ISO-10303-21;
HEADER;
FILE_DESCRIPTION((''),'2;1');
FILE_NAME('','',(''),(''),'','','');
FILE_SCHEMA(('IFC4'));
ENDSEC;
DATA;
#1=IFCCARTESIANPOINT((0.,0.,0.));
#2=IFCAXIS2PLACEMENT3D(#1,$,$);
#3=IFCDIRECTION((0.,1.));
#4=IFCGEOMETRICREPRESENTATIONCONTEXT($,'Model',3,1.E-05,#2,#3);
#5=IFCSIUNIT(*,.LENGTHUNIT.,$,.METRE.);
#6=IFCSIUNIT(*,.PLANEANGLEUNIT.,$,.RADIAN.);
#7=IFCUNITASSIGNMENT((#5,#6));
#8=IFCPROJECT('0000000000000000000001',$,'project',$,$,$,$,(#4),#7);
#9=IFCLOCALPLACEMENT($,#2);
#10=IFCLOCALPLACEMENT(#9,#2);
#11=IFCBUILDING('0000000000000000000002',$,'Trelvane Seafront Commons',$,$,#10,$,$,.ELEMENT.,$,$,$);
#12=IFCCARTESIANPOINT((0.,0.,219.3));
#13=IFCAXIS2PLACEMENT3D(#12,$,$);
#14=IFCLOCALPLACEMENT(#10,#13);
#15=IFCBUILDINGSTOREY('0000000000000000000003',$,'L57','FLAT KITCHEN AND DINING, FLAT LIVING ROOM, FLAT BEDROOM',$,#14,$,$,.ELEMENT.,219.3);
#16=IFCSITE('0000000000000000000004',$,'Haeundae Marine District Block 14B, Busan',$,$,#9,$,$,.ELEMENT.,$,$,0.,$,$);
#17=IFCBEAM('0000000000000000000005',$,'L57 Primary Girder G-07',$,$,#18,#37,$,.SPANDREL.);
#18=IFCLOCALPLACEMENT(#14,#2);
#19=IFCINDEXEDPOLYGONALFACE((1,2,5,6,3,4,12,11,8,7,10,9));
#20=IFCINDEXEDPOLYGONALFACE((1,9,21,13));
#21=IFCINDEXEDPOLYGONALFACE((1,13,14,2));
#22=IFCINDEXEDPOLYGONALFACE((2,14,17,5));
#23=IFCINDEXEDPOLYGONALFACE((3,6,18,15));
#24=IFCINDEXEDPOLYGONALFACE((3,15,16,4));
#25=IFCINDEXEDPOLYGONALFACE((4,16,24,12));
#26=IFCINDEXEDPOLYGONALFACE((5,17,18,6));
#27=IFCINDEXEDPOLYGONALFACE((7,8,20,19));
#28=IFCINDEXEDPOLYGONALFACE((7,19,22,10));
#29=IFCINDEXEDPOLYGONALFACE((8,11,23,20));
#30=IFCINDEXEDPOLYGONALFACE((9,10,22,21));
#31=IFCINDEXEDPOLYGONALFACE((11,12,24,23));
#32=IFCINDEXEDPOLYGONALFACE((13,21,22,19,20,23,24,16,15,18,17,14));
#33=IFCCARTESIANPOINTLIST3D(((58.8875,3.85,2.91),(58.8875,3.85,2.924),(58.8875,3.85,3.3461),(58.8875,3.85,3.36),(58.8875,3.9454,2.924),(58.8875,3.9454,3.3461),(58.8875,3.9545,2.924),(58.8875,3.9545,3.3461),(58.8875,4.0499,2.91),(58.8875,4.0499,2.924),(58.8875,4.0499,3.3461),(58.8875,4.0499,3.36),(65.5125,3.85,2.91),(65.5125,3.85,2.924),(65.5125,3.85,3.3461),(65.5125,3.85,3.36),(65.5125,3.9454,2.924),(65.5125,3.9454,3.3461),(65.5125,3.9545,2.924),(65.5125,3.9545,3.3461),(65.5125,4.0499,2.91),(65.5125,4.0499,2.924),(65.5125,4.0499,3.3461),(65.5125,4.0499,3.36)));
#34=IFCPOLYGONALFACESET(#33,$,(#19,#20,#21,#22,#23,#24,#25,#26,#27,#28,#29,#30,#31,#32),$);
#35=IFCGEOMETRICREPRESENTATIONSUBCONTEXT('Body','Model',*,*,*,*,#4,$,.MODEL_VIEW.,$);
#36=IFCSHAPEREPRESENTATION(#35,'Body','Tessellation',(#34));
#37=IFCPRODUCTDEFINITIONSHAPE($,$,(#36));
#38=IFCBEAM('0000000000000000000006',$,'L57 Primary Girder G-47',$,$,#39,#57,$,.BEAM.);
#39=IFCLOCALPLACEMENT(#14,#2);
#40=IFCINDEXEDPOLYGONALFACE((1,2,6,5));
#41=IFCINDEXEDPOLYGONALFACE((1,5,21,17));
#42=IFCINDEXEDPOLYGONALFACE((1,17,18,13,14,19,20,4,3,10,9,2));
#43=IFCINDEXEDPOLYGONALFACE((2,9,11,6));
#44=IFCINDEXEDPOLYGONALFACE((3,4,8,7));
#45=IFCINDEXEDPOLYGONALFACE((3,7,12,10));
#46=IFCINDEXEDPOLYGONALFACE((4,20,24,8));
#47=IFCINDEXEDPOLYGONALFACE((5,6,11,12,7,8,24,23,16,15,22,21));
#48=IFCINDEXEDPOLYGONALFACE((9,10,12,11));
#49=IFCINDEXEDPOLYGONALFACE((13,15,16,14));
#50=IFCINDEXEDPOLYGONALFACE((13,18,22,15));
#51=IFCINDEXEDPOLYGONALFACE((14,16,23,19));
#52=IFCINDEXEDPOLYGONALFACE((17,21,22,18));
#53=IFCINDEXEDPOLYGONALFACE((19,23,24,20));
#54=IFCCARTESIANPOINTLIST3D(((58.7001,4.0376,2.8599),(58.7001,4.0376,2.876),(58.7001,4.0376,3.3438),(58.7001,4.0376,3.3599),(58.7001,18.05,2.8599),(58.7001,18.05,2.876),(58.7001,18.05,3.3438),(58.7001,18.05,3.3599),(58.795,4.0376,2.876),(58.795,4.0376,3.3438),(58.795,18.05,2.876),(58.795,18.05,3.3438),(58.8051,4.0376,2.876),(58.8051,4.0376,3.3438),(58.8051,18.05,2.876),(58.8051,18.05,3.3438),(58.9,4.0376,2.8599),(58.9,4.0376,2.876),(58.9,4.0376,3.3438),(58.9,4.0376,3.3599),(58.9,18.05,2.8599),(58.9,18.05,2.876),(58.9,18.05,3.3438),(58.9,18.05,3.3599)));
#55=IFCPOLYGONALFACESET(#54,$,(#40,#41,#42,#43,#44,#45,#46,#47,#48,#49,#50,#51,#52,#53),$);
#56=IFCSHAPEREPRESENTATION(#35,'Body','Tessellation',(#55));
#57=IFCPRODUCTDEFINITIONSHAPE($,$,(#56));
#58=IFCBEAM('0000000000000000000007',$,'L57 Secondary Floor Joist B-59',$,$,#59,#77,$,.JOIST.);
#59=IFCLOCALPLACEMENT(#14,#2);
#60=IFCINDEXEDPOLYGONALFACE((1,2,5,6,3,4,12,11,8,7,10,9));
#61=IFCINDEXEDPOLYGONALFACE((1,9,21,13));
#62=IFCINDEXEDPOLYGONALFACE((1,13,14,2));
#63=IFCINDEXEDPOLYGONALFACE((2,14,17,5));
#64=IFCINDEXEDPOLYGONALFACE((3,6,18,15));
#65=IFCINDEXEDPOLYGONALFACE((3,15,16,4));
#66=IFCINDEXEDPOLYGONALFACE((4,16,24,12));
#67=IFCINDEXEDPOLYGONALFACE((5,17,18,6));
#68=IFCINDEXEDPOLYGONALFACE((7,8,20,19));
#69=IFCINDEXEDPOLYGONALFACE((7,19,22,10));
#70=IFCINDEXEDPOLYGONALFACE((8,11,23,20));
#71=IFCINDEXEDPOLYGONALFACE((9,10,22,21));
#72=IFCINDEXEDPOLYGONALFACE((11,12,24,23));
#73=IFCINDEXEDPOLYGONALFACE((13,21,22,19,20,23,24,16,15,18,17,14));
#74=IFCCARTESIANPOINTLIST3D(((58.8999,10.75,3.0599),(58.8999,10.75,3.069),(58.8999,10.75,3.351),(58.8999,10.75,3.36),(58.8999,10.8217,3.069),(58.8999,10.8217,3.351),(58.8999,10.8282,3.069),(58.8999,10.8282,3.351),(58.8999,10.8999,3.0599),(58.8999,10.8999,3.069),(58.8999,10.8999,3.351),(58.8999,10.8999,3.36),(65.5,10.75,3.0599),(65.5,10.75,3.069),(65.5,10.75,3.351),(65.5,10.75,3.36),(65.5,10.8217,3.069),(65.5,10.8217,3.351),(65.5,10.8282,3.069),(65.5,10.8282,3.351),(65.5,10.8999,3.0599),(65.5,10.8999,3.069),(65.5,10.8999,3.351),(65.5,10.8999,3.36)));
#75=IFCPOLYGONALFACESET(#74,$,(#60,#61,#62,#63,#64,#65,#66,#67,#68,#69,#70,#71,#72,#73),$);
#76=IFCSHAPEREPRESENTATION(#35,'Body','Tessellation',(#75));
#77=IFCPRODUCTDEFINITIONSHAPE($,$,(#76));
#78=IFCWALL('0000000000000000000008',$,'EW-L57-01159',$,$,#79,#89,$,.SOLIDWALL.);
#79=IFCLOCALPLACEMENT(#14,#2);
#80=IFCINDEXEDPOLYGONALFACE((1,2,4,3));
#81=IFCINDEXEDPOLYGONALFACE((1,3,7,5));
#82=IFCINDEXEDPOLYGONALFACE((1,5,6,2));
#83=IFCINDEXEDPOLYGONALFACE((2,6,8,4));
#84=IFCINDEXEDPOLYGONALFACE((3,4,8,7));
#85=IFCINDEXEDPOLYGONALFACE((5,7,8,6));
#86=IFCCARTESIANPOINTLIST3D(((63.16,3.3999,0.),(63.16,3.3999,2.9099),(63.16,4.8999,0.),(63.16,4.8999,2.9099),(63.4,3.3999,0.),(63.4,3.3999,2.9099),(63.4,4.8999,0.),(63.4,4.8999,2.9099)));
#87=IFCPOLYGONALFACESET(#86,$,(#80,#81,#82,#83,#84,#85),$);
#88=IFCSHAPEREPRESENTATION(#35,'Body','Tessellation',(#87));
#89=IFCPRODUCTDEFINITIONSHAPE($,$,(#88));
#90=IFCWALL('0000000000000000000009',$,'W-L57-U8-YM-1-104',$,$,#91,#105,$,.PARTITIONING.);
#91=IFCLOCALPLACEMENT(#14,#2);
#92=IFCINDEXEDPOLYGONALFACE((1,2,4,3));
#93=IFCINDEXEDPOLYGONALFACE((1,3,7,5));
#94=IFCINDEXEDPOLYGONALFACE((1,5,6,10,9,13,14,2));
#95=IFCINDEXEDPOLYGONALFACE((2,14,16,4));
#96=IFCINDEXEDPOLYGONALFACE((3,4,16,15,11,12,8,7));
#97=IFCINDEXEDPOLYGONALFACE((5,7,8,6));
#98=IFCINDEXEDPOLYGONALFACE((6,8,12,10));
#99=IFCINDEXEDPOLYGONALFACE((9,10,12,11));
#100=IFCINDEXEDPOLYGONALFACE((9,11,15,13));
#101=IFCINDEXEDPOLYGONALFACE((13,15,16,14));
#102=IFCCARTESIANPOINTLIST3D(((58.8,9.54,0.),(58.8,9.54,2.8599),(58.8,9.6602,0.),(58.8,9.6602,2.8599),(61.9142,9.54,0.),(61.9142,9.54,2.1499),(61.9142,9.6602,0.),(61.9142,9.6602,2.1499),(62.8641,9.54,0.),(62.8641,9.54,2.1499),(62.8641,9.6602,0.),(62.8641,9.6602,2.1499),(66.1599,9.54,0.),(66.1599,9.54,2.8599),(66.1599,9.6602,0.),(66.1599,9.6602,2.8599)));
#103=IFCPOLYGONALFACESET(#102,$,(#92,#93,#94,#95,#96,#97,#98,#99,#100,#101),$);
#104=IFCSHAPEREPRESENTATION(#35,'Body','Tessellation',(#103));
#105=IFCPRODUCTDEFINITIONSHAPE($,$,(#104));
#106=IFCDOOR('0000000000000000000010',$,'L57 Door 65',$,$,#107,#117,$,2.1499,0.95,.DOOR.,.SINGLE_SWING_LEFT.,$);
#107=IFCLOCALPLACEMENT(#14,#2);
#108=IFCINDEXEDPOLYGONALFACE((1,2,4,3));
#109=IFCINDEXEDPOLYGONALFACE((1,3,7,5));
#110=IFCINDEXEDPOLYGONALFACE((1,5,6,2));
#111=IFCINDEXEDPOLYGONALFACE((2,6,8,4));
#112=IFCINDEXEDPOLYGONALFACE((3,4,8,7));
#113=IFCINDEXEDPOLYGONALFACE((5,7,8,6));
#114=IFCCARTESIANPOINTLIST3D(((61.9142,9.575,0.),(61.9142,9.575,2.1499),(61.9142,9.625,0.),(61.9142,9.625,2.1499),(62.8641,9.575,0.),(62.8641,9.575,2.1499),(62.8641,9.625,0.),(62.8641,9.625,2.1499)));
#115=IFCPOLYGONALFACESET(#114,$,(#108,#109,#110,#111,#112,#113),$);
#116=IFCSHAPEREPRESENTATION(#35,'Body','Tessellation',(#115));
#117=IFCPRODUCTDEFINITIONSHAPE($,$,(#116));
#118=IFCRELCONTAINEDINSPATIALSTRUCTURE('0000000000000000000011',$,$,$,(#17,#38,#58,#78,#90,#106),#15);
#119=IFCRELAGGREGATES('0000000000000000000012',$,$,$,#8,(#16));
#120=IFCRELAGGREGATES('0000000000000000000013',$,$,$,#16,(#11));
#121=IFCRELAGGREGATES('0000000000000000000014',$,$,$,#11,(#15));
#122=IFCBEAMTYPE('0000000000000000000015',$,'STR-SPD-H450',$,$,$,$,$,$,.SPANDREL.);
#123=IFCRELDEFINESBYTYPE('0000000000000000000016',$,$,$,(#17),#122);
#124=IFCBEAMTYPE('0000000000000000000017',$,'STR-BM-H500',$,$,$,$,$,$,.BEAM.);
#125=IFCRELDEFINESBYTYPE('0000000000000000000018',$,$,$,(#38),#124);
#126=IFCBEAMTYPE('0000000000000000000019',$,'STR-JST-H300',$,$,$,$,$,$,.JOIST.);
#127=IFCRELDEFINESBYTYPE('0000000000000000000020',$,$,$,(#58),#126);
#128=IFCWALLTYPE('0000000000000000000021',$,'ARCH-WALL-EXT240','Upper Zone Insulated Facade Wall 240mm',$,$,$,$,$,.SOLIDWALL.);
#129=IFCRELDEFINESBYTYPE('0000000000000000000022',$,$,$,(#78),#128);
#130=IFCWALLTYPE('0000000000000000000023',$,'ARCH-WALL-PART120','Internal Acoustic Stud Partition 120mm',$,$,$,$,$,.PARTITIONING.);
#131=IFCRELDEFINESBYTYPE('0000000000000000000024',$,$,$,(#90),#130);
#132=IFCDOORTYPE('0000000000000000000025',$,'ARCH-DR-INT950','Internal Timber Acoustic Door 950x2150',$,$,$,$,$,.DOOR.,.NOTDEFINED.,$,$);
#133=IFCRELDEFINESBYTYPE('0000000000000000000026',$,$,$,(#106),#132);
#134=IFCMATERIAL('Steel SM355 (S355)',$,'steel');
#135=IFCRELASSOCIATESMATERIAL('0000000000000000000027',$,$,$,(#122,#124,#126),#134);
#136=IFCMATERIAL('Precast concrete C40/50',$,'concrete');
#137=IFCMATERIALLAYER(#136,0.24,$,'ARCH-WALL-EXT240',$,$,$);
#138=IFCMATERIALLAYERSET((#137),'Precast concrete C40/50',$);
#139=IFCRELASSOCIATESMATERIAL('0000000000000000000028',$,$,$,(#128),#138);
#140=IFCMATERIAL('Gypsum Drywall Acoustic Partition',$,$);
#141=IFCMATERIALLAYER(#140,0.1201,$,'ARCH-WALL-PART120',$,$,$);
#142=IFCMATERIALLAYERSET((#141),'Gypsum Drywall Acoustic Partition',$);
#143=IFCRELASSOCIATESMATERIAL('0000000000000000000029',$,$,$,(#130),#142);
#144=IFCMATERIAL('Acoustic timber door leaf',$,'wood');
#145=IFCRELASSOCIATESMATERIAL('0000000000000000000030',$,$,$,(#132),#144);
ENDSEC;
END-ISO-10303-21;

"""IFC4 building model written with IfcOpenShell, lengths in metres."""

from ifc_helpers import new_model, si_unit, direction, frame, frame_2d, origin, origin_2d, place, context, subcontext, project, spatial, rectangle, i_section, extrude, source, transform, mapped, material, layer, layer_set, material_profile, profile_set, type_object, element, fill, save


model = new_model("IFC4")

# Units and contexts
model_context = context("Model", 3, precision=1e-05, world=origin(), true_north=direction((0.0, 1.0)))
body_context = subcontext(model_context, "Body", "Model", "MODEL_VIEW")
ifc_project = project(units=[si_unit("LENGTHUNIT", "METRE"), si_unit("PLANEANGLEUNIT", "RADIAN")], contexts=[model_context])

# Site, building, storey
site_placement = place(None, origin())
site = spatial("IfcSite", under=ifc_project, at=site_placement, Name="Haeundae Marine District Block 14B, Busan", CompositionType="ELEMENT", RefElevation=0.0)
building_placement = place(site_placement, origin())
building = spatial("IfcBuilding", under=site, at=building_placement, Name="Trelvane Seafront Commons", CompositionType="ELEMENT")
storey_placement = place(building_placement, frame((0.0, 0.0, 219.3)))
storey = spatial("IfcBuildingStorey", under=building, at=storey_placement, Name="L57", Description="FLAT KITCHEN AND DINING, FLAT LIVING ROOM, FLAT BEDROOM", CompositionType="ELEMENT", Elevation=219.3)

# Beams
ifc_material_1 = material(Name="Steel SM355 (S355)", Category="steel")
ifc_material_profile_1 = material_profile(ifc_material_1, i_section(OverallWidth=0.2, OverallDepth=0.45, WebThickness=0.009, FlangeThickness=0.0139, at=origin_2d()), Name="H-450x200x9x14")
ifc_profile_set_1 = profile_set([ifc_material_profile_1], Name="Steel SM355 (S355)")
beam_type_1 = type_object("IfcBeamType", Name="STR-SPD-H450", PredefinedType="SPANDREL", material=ifc_profile_set_1)
shared_shape_1 = source(origin(), body_context, "Body", "SweptSolid", [
    extrude(i_section(OverallWidth=0.2, OverallDepth=0.45, WebThickness=0.009, FlangeThickness=0.0139, at=origin_2d()), origin(), (0.0, 0.0, 1.0), 6.625),
])
beam_1_placement = place(storey_placement, frame((58.8875, 3.95, 3.135), z_axis=(1.0, 0.0, 0.0), x_axis=(0.0, 1.0, 0.0)))
element("IfcBeam", 1, at=beam_1_placement, inside=storey, type_object=beam_type_1, Name="L57 Primary Girder G-07", PredefinedType="SPANDREL", context=body_context, shape_type="MappedRepresentation", body=[
    mapped(shared_shape_1, transform((0.0, 0.0, 0.0), x_axis=(1.0, 0.0, 0.0), y_axis=(0.0, 1.0, 0.0), z_axis=(0.0, 0.0, 1.0), scale=1.0)),
])
ifc_material_profile_2 = material_profile(ifc_material_1, i_section(OverallWidth=0.2, OverallDepth=0.5, WebThickness=0.01, FlangeThickness=0.0161, at=origin_2d()), Name="H-500x200x10x16")
ifc_profile_set_2 = profile_set([ifc_material_profile_2], Name="Steel SM355 (S355)")
beam_type_2 = type_object("IfcBeamType", Name="STR-BM-H500", PredefinedType="BEAM", material=ifc_profile_set_2)
shared_shape_2 = source(origin(), body_context, "Body", "SweptSolid", [
    extrude(i_section(OverallWidth=0.2, OverallDepth=0.5, WebThickness=0.01, FlangeThickness=0.0161, at=origin_2d()), origin(), (0.0, 0.0, 1.0), 14.0125),
])
beam_2_placement = place(storey_placement, frame((58.8, 4.0376, 3.1099), z_axis=(0.0, 1.0, 0.0), x_axis=(-1.0, 0.0, 0.0)))
element("IfcBeam", 2, at=beam_2_placement, inside=storey, type_object=beam_type_2, Name="L57 Primary Girder G-47", PredefinedType="BEAM", context=body_context, shape_type="MappedRepresentation", body=[
    mapped(shared_shape_2, transform((0.0, 0.0, 0.0), x_axis=(1.0, 0.0, 0.0), y_axis=(0.0, 1.0, 0.0), z_axis=(0.0, 0.0, 1.0), scale=1.0)),
])
ifc_material_profile_3 = material_profile(ifc_material_1, i_section(OverallWidth=0.1499, OverallDepth=0.3, WebThickness=0.0066, FlangeThickness=0.009, at=origin_2d()), Name="H-300x150x6.5x9")
ifc_profile_set_3 = profile_set([ifc_material_profile_3], Name="Steel SM355 (S355)")
beam_type_3 = type_object("IfcBeamType", Name="STR-JST-H300", PredefinedType="JOIST", material=ifc_profile_set_3)
shared_shape_3 = source(origin(), body_context, "Body", "SweptSolid", [
    extrude(i_section(OverallWidth=0.1499, OverallDepth=0.3, WebThickness=0.0066, FlangeThickness=0.009, at=origin_2d()), origin(), (0.0, 0.0, 1.0), 6.6001),
])
beam_3_placement = place(storey_placement, frame((58.8999, 10.825, 3.21), z_axis=(1.0, 0.0, 0.0), x_axis=(0.0, 1.0, 0.0)))
element("IfcBeam", 3, at=beam_3_placement, inside=storey, type_object=beam_type_3, Name="L57 Secondary Floor Joist B-59", PredefinedType="JOIST", context=body_context, shape_type="MappedRepresentation", body=[
    mapped(shared_shape_3, transform((0.0, 0.0, 0.0), x_axis=(1.0, 0.0, 0.0), y_axis=(0.0, 1.0, 0.0), z_axis=(0.0, 0.0, 1.0), scale=1.0)),
])

# Wall
ifc_material_2 = material(Name="Precast concrete C40/50", Category="concrete")
ifc_layer_1 = layer(ifc_material_2, 0.24, Name="ARCH-WALL-EXT240")
ifc_layer_set_1 = layer_set([ifc_layer_1], Name="Precast concrete C40/50")
wall_type_1 = type_object("IfcWallType", Name="ARCH-WALL-EXT240", Description="Upper Zone Insulated Facade Wall 240mm", PredefinedType="SOLIDWALL", material=ifc_layer_set_1)
wall_1_placement = place(storey_placement, frame((63.28, 4.8999, 0.0), z_axis=(0.0, 0.0, 1.0), x_axis=(0.0, -1.0, 0.0)))
element("IfcWall", 4, at=wall_1_placement, inside=storey, type_object=wall_type_1, Name="EW-L57-01159", PredefinedType="SOLIDWALL", context=body_context, shape_type="SweptSolid", body=[
    extrude(rectangle(XDim=1.5, YDim=0.24, at=frame_2d((0.75, 0.0))), origin(), (0.0, 0.0, 1.0), 2.9099),
])

# Wall, opening, door
ifc_material_3 = material(Name="Gypsum Drywall Acoustic Partition")
ifc_layer_2 = layer(ifc_material_3, 0.1201, Name="ARCH-WALL-PART120")
ifc_layer_set_2 = layer_set([ifc_layer_2], Name="Gypsum Drywall Acoustic Partition")
wall_type_2 = type_object("IfcWallType", Name="ARCH-WALL-PART120", Description="Internal Acoustic Stud Partition 120mm", PredefinedType="PARTITIONING", material=ifc_layer_set_2)
wall_2_placement = place(storey_placement, frame((58.8, 9.6001, 0.0), z_axis=(0.0, 0.0, 1.0), x_axis=(1.0, 0.0, 0.0)))
wall_2 = element("IfcWall", 5, at=wall_2_placement, inside=storey, type_object=wall_type_2, Name="W-L57-U8-YM-1-104", PredefinedType="PARTITIONING", context=body_context, shape_type="SweptSolid", body=[
    extrude(rectangle(XDim=7.3599, YDim=0.1201, at=frame_2d((3.6799, 0.0))), origin(), (0.0, 0.0, 1.0), 2.8599),
])
opening_placement = place(wall_2_placement, frame((3.114, 0.0, 0.0)))
opening = element("IfcOpeningElement", 6, at=opening_placement, cuts=wall_2, PredefinedType="OPENING", context=body_context, shape_type="SweptSolid", body=[
    extrude(rectangle(XDim=0.95, YDim=2.1499, at=frame_2d((0.4751, 1.075))), frame((0.0, 0.0701, 0.0), z_axis=(0.0, -1.0, 0.0), x_axis=(1.0, 0.0, 0.0)), (0.0, 0.0, 1.0), 0.1401),
])
ifc_material_4 = material(Name="Acoustic timber door leaf", Category="wood")
door_type = type_object("IfcDoorType", Name="ARCH-DR-INT950", Description="Internal Timber Acoustic Door 950x2150", OperationType="NOTDEFINED", PredefinedType="DOOR", material=ifc_material_4)
shared_shape_4 = source(origin(), body_context, "Body", "SweptSolid", [
    extrude(rectangle(XDim=0.95, YDim=2.1499, at=frame_2d((0.4751, 1.075))), frame((0.0, 0.0249, 0.0), z_axis=(0.0, -1.0, 0.0), x_axis=(1.0, 0.0, 0.0)), (0.0, 0.0, 1.0), 0.05),
])
door_placement = place(opening_placement, origin())
door = element("IfcDoor", 7, at=door_placement, inside=storey, type_object=door_type, Name="L57 Door 65", OperationType="SINGLE_SWING_LEFT", OverallHeight=2.1499, OverallWidth=0.95, PredefinedType="DOOR", context=body_context, shape_type="MappedRepresentation", body=[
    mapped(shared_shape_4, transform((0.0, 0.0, 0.0), x_axis=(1.0, 0.0, 0.0), y_axis=(0.0, 1.0, 0.0), z_axis=(0.0, 0.0, 1.0), scale=1.0)),
])
fill(opening, door)

save(model, "model.ifc")
